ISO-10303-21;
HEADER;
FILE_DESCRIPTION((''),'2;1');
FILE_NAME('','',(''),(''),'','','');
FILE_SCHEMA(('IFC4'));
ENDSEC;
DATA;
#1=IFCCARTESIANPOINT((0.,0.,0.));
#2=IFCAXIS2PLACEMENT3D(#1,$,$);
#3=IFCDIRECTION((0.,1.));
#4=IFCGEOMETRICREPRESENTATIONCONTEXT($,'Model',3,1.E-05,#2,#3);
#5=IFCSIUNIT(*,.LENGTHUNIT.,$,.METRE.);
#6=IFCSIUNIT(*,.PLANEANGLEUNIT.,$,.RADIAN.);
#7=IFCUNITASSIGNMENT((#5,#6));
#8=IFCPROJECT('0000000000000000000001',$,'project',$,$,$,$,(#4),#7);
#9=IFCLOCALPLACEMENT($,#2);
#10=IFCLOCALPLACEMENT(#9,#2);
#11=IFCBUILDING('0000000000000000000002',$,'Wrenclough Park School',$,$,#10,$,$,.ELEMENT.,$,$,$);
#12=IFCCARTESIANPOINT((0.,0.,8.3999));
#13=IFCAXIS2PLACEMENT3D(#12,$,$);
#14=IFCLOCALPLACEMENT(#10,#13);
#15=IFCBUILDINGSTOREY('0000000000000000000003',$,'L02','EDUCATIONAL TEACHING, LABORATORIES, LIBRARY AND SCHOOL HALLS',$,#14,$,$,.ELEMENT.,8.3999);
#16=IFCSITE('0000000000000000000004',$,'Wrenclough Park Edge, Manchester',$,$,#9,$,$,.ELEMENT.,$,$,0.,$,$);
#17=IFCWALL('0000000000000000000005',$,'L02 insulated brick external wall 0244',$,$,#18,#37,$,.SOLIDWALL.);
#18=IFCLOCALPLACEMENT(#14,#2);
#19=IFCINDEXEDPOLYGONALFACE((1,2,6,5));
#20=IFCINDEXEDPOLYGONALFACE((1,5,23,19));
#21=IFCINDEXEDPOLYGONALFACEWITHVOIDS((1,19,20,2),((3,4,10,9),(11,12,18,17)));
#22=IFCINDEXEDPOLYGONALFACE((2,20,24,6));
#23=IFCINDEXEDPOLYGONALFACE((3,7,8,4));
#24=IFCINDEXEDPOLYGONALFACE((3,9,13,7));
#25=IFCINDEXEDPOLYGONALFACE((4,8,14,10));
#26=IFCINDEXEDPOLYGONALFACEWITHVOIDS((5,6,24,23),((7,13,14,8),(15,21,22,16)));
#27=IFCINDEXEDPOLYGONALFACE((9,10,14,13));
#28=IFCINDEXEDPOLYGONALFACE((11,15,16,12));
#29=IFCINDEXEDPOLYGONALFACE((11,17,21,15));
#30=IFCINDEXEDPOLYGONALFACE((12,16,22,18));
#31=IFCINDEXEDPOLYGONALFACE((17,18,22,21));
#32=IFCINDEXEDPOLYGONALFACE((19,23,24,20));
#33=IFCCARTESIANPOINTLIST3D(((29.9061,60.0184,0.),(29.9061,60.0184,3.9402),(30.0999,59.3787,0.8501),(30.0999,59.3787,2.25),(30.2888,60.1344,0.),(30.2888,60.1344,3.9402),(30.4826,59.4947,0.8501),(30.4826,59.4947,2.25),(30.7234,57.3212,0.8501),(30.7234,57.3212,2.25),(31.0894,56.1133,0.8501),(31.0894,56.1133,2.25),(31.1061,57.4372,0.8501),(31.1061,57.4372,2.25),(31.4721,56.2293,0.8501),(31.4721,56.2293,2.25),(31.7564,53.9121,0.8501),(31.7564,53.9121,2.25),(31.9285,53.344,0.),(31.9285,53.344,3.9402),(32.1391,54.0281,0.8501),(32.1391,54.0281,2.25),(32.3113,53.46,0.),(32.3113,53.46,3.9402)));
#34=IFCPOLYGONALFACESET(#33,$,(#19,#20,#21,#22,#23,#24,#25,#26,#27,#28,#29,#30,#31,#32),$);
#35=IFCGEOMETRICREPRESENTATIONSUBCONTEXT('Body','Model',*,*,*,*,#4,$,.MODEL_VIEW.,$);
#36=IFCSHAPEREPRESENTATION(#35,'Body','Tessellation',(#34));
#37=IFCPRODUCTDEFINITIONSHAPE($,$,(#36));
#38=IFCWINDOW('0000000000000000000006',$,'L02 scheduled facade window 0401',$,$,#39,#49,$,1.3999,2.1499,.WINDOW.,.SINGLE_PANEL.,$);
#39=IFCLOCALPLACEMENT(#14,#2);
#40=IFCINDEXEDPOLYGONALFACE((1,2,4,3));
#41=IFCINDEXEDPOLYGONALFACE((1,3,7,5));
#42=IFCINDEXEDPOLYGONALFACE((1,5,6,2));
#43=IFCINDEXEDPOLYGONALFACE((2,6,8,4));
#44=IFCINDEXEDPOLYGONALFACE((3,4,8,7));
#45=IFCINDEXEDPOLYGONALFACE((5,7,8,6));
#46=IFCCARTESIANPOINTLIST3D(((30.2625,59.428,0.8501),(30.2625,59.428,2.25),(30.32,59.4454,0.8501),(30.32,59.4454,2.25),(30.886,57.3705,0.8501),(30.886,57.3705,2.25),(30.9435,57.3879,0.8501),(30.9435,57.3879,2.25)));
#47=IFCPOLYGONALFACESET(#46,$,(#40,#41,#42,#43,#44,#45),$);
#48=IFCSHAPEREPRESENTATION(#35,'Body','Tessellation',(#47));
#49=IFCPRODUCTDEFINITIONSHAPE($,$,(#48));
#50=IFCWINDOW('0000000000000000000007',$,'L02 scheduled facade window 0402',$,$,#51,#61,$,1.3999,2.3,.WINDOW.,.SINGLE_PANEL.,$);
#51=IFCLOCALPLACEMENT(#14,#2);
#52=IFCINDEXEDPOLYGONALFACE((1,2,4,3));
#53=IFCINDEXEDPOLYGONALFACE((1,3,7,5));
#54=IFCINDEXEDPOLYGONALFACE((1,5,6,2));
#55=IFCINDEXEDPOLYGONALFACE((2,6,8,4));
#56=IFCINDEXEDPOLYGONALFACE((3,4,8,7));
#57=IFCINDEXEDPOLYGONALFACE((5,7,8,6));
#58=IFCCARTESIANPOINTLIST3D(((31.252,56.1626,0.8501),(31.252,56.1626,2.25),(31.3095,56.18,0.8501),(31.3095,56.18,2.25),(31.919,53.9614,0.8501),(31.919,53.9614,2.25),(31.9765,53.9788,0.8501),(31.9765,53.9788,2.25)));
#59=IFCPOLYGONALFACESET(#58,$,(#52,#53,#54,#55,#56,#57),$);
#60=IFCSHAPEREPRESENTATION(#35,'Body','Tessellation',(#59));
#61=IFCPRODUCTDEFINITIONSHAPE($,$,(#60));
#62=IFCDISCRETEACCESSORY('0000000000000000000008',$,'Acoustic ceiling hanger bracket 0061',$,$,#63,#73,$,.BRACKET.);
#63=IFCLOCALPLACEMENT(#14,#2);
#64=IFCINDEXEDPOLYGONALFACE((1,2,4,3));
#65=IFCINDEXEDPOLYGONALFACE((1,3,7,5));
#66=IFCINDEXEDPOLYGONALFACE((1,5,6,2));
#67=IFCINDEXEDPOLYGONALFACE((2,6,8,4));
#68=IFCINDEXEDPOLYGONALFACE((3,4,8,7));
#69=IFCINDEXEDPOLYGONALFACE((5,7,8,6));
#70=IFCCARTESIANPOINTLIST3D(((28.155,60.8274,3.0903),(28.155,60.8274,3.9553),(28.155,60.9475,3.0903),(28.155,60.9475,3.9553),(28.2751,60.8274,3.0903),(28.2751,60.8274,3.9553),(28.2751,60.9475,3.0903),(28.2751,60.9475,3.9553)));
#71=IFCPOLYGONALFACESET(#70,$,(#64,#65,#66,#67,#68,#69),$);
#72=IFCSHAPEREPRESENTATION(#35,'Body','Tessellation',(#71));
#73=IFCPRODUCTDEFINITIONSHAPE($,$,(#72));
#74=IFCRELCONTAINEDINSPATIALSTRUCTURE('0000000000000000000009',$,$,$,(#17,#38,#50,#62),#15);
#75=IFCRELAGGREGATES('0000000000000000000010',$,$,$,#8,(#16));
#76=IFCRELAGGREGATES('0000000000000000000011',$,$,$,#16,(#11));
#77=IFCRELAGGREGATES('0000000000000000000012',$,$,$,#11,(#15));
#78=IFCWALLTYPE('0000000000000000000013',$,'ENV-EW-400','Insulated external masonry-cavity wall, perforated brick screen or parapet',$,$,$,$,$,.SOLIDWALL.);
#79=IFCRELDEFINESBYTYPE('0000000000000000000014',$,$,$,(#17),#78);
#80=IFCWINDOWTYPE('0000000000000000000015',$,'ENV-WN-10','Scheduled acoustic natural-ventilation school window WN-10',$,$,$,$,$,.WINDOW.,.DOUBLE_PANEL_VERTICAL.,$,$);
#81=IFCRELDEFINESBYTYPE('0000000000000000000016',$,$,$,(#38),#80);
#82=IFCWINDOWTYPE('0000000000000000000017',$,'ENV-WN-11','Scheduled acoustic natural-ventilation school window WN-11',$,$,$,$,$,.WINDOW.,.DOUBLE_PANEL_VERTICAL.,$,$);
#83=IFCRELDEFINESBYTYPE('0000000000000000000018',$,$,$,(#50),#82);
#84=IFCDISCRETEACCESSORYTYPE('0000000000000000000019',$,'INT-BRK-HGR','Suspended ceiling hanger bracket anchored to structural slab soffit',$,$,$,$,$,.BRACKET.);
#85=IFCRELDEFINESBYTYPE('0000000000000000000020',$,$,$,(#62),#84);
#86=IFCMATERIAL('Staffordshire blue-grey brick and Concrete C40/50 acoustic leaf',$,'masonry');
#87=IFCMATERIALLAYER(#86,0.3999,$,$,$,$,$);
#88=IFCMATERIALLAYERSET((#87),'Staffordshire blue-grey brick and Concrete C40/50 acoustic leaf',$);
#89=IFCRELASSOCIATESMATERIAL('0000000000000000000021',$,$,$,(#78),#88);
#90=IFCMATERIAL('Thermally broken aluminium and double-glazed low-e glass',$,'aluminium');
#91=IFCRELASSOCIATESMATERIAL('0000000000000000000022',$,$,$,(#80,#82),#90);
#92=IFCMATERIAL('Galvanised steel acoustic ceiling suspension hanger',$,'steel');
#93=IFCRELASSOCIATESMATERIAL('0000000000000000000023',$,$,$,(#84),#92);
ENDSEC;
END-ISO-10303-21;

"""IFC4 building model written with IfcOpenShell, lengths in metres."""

from ifc_helpers import new_model, si_unit, direction, frame, frame_2d, origin, origin_2d, place, context, subcontext, project, spatial, rectangle, extrude, material, layer, layer_set, type_object, element, fill, save


model = new_model("IFC4")

# Units and contexts
model_context = context("Model", 3, precision=1e-05, world=origin(), true_north=direction((0.0, 1.0)))
body_context = subcontext(model_context, "Body", "Model", "MODEL_VIEW")
ifc_project = project(units=[si_unit("LENGTHUNIT", "METRE"), si_unit("PLANEANGLEUNIT", "RADIAN")], contexts=[model_context])

# Site, building, storey
site_placement = place(None, origin())
site = spatial("IfcSite", under=ifc_project, at=site_placement, Name="Wrenclough Park Edge, Manchester", CompositionType="ELEMENT", RefElevation=0.0)
building_placement = place(site_placement, origin())
building = spatial("IfcBuilding", under=site, at=building_placement, Name="Wrenclough Park School", CompositionType="ELEMENT")
storey_placement = place(building_placement, frame((0.0, 0.0, 8.3999)))
storey = spatial("IfcBuildingStorey", under=building, at=storey_placement, Name="L02", Description="EDUCATIONAL TEACHING, LABORATORIES, LIBRARY AND SCHOOL HALLS", CompositionType="ELEMENT", Elevation=8.3999)

# Wall, openings, windows
ifc_material_1 = material(Name="Thermally broken aluminium and double-glazed low-e glass", Category="aluminium")
ifc_material_2 = material(Name="Staffordshire blue-grey brick and Concrete C40/50 acoustic leaf", Category="masonry")
ifc_layer_1 = layer(ifc_material_2, 0.3999)
ifc_layer_set_1 = layer_set([ifc_layer_1], Name="Staffordshire blue-grey brick and Concrete C40/50 acoustic leaf")
wall_type_1 = type_object("IfcWallType", Name="ENV-EW-400", Description="Insulated external masonry-cavity wall, perforated brick screen or parapet", PredefinedType="SOLIDWALL", material=ifc_layer_set_1)
wall_1_placement = place(storey_placement, frame((30.0974, 60.0764, 0.0), z_axis=(0.0, 0.0, 1.0), x_axis=(0.29, -0.957027, 0.0)))
wall_1 = element("IfcWall", 1, at=wall_1_placement, inside=storey, type_object=wall_type_1, Name="L02 insulated brick external wall 0244", PredefinedType="SOLIDWALL", context=body_context, shape_type="SweptSolid", body=[
    extrude(rectangle(XDim=6.9741, YDim=0.3999, at=frame_2d((3.4871, 0.0))), origin(), (0.0, 0.0, 1.0), 3.9402),
])
opening_1_placement = place(wall_1_placement, frame((0.6685, 0.0, 0.8501)))
opening_1 = element("IfcOpeningElement", 2, at=opening_1_placement, cuts=wall_1, PredefinedType="OPENING", context=body_context, shape_type="SweptSolid", body=[
    extrude(rectangle(XDim=2.1499, YDim=1.3999, at=frame_2d((1.075, 0.7))), frame((0.0, 0.21, 0.0), z_axis=(0.0, -1.0, 0.0), x_axis=(1.0, 0.0, 0.0)), (0.0, 0.0, 1.0), 0.4199),
])
opening_2_placement = place(wall_1_placement, frame((4.0806, 0.0, 0.8501)))
opening_2 = element("IfcOpeningElement", 3, at=opening_2_placement, cuts=wall_1, PredefinedType="OPENING", context=body_context, shape_type="SweptSolid", body=[
    extrude(rectangle(XDim=2.3, YDim=1.3999, at=frame_2d((1.1499, 0.7))), frame((0.0, 0.21, 0.0), z_axis=(0.0, -1.0, 0.0), x_axis=(1.0, 0.0, 0.0)), (0.0, 0.0, 1.0), 0.4199),
])
window_type_1 = type_object("IfcWindowType", Name="ENV-WN-10", Description="Scheduled acoustic natural-ventilation school window WN-10", PartitioningType="DOUBLE_PANEL_VERTICAL", PredefinedType="WINDOW", material=ifc_material_1)
window_1_placement = place(opening_1_placement, origin())
window_1 = element("IfcWindow", 4, at=window_1_placement, inside=storey, type_object=window_type_1, Name="L02 scheduled facade window 0401", OverallHeight=1.3999, OverallWidth=2.1499, PartitioningType="SINGLE_PANEL", PredefinedType="WINDOW", context=body_context, shape_type="SweptSolid", body=[
    extrude(rectangle(XDim=2.1499, YDim=1.3999, at=frame_2d((1.075, 0.7))), frame((0.0, 0.03, 0.0), z_axis=(0.0, -1.0, 0.0), x_axis=(1.0, 0.0, 0.0)), (0.0, 0.0, 1.0), 0.0601),
])
fill(opening_1, window_1)
window_type_2 = type_object("IfcWindowType", Name="ENV-WN-11", Description="Scheduled acoustic natural-ventilation school window WN-11", PartitioningType="DOUBLE_PANEL_VERTICAL", PredefinedType="WINDOW", material=ifc_material_1)
window_2_placement = place(opening_2_placement, origin())
window_2 = element("IfcWindow", 5, at=window_2_placement, inside=storey, type_object=window_type_2, Name="L02 scheduled facade window 0402", OverallHeight=1.3999, OverallWidth=2.3, PartitioningType="SINGLE_PANEL", PredefinedType="WINDOW", context=body_context, shape_type="SweptSolid", body=[
    extrude(rectangle(XDim=2.3, YDim=1.3999, at=frame_2d((1.1499, 0.7))), frame((0.0, 0.03, 0.0), z_axis=(0.0, -1.0, 0.0), x_axis=(1.0, 0.0, 0.0)), (0.0, 0.0, 1.0), 0.0601),
])
fill(opening_2, window_2)

# Discrete accessory
ifc_material_3 = material(Name="Galvanised steel acoustic ceiling suspension hanger", Category="steel")
discrete_accessory_type = type_object("IfcDiscreteAccessoryType", Name="INT-BRK-HGR", Description="Suspended ceiling hanger bracket anchored to structural slab soffit", PredefinedType="BRACKET", material=ifc_material_3)
discrete_accessory_placement = place(storey_placement, frame((28.2151, 60.8875, 3.0903), z_axis=(0.0, 0.0, 1.0), x_axis=(1.0, 0.0, 0.0)))
element("IfcDiscreteAccessory", 6, at=discrete_accessory_placement, inside=storey, type_object=discrete_accessory_type, Name="Acoustic ceiling hanger bracket 0061", PredefinedType="BRACKET", context=body_context, shape_type="SweptSolid", body=[
    extrude(rectangle(XDim=0.1201, YDim=0.1201, at=origin_2d()), origin(), (0.0, 0.0, 1.0), 0.865),
])

save(model, "model.ifc")
